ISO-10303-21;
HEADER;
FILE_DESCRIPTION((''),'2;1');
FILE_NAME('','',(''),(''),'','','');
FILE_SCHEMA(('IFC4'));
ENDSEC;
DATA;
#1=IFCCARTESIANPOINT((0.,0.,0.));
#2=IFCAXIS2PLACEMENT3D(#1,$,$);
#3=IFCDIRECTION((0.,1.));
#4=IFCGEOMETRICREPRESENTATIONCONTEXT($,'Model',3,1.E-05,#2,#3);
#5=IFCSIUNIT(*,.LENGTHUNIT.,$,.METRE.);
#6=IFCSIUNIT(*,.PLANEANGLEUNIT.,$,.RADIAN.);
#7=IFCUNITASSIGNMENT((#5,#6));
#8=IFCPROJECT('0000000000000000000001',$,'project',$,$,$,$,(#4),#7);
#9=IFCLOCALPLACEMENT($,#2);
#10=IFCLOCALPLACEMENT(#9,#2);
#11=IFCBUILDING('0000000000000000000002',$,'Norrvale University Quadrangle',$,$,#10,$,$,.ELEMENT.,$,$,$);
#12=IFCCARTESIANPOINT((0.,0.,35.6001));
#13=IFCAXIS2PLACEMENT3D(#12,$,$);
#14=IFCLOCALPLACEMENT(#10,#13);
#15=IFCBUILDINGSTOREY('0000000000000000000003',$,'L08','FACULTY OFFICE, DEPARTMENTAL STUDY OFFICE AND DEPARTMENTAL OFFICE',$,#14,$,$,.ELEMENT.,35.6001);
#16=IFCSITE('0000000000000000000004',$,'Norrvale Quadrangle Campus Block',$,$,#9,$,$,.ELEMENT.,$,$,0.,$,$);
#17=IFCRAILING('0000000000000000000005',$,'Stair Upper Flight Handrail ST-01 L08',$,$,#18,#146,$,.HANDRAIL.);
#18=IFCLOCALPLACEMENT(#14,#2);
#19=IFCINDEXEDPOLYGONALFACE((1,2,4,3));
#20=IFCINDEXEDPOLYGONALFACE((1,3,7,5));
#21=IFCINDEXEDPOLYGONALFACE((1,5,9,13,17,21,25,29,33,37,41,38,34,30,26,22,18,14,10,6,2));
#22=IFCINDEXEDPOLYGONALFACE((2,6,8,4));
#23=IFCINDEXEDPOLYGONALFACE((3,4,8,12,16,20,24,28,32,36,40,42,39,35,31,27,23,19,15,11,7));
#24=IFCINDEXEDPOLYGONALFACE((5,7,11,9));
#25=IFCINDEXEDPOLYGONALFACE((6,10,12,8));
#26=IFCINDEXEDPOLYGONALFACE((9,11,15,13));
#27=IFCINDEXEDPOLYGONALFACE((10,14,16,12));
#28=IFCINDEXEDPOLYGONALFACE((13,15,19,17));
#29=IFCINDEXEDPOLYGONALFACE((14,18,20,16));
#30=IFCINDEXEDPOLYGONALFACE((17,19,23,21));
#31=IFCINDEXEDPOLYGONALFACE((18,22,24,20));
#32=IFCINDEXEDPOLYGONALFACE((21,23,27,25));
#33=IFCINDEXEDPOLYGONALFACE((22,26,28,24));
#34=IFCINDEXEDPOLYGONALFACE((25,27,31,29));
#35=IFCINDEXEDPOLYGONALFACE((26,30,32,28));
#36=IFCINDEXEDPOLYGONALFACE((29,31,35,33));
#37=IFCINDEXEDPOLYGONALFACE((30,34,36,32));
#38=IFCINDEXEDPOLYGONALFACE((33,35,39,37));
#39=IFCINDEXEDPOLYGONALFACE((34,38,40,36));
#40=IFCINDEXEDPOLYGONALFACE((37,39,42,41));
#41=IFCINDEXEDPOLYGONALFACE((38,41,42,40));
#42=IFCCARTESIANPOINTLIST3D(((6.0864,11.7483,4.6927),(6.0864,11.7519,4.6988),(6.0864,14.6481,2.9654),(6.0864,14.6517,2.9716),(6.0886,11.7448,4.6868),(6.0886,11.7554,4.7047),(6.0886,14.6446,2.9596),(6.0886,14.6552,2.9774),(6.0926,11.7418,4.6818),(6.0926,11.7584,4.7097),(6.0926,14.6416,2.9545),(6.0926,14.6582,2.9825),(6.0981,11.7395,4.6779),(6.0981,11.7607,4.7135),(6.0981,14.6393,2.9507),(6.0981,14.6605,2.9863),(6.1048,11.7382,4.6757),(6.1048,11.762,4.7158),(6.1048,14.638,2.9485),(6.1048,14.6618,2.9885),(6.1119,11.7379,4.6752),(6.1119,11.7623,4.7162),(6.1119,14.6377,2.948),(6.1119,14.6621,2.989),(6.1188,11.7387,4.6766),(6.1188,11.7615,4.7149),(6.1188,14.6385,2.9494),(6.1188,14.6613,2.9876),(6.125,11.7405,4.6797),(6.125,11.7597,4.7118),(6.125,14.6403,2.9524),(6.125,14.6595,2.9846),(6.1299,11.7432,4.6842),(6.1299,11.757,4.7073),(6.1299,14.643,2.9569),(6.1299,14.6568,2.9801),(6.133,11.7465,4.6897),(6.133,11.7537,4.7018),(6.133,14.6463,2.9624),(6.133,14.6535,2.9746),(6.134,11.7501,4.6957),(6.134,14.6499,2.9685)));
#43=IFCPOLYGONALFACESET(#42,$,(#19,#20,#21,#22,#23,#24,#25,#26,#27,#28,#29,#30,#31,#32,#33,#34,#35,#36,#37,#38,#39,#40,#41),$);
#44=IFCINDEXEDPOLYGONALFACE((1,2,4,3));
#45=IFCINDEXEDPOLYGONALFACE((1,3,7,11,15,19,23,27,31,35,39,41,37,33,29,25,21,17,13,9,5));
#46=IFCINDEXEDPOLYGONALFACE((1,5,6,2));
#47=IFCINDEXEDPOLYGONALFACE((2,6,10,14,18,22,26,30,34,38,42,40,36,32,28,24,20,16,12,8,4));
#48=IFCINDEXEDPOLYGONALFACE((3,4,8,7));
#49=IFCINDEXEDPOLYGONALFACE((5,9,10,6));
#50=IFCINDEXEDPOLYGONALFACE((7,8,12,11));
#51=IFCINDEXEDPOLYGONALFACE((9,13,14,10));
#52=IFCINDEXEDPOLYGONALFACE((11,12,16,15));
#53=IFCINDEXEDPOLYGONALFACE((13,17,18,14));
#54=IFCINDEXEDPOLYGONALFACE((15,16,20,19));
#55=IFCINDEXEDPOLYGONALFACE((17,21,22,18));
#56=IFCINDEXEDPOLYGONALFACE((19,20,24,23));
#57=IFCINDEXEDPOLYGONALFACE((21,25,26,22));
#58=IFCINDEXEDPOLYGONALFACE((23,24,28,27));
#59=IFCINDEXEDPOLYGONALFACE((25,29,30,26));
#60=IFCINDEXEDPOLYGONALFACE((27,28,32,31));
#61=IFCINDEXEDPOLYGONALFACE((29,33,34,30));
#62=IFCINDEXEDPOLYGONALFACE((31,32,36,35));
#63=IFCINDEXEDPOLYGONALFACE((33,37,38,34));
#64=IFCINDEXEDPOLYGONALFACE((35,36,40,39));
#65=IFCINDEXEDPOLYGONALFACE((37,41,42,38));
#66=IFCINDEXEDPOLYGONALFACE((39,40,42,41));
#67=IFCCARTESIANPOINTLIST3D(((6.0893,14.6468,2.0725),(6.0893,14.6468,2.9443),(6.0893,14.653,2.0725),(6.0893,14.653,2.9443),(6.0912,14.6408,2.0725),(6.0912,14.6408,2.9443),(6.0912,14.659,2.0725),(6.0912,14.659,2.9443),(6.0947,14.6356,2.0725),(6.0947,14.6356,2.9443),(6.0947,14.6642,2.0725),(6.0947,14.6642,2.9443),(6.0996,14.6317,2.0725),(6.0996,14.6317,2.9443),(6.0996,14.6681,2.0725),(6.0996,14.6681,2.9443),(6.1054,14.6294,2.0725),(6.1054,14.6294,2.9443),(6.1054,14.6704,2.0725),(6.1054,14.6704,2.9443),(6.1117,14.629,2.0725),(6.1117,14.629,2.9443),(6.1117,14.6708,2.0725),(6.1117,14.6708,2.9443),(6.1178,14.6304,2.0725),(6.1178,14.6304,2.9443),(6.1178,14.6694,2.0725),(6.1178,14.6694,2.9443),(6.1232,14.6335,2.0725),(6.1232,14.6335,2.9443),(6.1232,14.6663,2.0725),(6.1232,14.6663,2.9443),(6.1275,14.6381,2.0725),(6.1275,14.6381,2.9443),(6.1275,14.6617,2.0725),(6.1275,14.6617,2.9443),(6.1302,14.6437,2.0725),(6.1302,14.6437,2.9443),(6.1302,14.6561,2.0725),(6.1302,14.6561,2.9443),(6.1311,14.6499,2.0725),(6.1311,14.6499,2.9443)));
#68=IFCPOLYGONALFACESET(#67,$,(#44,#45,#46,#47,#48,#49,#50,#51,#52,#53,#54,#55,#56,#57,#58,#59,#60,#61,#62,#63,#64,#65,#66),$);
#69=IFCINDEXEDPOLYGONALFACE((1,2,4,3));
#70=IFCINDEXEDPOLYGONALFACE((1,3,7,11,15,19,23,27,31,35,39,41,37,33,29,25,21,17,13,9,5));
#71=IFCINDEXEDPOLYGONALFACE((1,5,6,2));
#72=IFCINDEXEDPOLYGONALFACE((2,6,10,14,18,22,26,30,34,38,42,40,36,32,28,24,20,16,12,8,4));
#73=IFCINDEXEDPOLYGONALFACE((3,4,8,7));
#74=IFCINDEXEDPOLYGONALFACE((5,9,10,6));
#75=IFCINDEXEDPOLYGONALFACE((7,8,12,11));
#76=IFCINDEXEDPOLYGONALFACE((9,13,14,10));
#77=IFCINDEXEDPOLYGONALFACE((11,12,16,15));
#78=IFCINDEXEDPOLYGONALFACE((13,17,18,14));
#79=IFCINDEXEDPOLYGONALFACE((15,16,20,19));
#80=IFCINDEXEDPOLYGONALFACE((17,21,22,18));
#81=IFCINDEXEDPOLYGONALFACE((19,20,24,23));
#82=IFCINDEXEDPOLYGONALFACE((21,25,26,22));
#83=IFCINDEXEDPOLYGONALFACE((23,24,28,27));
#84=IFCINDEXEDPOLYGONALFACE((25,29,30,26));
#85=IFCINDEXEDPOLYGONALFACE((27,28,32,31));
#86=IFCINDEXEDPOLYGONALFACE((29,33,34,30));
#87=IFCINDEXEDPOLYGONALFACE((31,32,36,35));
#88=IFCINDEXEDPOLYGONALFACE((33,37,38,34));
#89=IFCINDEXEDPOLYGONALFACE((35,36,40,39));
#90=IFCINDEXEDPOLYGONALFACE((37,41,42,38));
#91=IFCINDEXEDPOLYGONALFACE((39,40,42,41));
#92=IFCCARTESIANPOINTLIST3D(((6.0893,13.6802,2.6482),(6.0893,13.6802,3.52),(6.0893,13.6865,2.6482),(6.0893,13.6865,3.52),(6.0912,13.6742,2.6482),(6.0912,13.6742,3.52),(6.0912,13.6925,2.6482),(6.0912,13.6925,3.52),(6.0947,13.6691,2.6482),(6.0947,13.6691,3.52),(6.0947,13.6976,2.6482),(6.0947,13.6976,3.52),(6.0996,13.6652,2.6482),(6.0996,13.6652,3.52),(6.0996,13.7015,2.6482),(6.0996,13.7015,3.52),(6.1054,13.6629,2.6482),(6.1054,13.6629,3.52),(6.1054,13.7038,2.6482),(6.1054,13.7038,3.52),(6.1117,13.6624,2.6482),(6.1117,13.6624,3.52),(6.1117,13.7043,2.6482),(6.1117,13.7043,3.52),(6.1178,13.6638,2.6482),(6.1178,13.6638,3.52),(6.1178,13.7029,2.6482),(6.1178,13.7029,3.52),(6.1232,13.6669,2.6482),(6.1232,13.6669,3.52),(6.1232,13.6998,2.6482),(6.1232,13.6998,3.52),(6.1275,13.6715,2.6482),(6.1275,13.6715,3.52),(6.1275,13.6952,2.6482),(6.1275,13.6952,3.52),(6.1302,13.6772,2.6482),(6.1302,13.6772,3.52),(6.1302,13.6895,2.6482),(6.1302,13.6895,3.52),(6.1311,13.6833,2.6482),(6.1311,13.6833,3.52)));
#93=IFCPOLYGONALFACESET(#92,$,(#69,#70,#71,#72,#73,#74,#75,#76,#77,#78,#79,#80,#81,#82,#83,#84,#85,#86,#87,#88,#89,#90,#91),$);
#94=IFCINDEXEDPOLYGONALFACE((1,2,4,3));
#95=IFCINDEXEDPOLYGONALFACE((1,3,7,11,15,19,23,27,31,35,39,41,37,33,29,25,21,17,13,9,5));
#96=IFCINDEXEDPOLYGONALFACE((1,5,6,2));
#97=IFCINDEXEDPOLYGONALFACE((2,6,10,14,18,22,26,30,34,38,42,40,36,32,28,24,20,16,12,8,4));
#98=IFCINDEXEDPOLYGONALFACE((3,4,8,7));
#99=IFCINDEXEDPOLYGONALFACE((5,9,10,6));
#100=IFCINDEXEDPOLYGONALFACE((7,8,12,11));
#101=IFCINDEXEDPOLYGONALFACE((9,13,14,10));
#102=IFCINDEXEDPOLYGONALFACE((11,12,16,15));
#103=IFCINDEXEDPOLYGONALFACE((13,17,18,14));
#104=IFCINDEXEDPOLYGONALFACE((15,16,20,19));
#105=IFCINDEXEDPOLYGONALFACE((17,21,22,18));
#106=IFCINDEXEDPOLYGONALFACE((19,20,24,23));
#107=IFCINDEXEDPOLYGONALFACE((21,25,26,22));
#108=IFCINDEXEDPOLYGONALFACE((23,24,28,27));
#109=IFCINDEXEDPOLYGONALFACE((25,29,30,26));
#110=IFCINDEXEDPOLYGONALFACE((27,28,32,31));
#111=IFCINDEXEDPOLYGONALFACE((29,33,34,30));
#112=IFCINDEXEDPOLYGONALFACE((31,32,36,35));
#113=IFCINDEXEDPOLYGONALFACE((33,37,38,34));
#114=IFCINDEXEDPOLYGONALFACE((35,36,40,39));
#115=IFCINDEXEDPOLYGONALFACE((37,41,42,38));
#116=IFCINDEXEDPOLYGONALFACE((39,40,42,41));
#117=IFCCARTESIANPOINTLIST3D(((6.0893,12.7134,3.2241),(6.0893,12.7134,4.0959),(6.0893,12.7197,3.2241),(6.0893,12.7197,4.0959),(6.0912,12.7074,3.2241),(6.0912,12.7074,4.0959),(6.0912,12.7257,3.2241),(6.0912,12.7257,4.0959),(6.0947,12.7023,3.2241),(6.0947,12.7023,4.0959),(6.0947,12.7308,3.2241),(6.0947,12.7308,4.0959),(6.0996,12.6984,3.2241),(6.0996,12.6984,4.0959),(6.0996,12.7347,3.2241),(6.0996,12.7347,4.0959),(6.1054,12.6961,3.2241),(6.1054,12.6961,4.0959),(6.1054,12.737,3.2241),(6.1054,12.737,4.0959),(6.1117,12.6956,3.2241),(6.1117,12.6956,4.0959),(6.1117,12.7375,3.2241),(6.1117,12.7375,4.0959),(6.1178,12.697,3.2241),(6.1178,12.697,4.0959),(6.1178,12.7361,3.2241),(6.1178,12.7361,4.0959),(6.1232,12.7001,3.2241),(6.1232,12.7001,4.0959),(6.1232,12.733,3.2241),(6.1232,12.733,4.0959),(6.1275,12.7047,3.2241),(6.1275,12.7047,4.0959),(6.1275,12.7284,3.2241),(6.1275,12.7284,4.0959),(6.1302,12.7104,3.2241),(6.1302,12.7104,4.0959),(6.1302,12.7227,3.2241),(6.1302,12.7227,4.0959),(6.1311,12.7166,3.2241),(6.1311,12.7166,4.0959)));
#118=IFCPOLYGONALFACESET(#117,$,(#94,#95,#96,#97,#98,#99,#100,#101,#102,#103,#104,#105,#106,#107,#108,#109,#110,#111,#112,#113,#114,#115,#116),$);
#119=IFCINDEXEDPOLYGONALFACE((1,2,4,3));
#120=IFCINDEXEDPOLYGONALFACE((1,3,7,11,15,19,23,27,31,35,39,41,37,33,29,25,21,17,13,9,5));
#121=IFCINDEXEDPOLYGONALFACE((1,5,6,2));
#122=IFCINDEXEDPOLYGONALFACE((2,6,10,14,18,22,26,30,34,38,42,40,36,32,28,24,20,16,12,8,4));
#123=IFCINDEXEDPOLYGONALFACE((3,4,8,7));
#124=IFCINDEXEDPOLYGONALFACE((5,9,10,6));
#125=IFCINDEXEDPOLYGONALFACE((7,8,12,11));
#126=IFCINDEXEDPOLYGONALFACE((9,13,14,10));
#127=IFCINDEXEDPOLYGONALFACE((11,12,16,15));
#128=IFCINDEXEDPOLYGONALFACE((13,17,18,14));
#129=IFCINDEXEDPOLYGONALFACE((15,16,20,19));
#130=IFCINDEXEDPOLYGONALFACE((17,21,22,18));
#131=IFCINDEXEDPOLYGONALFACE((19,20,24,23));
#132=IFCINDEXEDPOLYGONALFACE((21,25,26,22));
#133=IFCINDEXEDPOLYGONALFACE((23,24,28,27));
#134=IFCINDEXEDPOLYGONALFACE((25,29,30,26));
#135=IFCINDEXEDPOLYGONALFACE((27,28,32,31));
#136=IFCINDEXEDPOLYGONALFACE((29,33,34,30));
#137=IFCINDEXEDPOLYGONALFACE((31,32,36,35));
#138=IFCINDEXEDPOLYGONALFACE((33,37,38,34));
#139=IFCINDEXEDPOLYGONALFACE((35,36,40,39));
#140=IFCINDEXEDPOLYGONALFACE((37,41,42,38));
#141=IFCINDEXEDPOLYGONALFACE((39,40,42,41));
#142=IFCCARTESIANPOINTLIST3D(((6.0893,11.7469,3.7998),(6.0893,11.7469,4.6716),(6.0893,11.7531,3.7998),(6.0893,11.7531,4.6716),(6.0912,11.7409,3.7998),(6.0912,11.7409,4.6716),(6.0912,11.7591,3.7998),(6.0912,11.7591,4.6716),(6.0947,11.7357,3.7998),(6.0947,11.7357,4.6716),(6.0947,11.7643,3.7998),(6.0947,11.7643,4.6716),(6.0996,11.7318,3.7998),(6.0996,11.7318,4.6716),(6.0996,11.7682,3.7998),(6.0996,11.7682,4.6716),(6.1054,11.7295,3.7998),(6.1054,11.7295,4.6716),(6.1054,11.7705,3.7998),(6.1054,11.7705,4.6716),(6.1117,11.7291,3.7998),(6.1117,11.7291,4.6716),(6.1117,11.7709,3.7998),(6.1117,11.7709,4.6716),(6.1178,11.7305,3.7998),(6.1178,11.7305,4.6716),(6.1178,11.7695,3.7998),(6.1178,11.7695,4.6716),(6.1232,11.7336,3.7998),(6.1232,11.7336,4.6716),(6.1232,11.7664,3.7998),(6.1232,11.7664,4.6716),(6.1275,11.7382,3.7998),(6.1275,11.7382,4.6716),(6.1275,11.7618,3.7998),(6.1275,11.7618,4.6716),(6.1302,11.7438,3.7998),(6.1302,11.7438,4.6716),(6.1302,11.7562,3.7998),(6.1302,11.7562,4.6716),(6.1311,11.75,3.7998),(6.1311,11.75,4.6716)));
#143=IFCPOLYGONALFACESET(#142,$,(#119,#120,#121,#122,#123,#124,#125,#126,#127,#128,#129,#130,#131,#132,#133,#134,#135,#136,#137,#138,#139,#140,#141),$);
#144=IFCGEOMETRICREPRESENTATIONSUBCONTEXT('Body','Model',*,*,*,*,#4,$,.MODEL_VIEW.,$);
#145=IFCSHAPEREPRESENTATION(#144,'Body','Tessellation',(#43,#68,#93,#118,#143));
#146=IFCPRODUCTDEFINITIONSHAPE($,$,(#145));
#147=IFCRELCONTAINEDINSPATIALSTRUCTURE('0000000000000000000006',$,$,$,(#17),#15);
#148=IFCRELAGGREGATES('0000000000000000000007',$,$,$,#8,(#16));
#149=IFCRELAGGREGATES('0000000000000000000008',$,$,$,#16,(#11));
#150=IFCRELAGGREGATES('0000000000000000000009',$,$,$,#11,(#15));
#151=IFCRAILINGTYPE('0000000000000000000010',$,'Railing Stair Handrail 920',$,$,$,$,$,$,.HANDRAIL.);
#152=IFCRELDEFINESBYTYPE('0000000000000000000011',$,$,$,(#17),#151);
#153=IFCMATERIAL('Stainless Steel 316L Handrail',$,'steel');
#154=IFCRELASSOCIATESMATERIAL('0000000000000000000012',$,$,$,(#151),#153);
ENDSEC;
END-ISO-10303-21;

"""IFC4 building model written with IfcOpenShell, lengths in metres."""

from ifc_helpers import new_model, si_unit, direction, frame, origin, origin_2d, place, context, subcontext, project, spatial, circle, extrude, material, type_object, element, save


model = new_model("IFC4")

# Units and contexts
model_context = context("Model", 3, precision=1e-05, world=origin(), true_north=direction((0.0, 1.0)))
body_context = subcontext(model_context, "Body", "Model", "MODEL_VIEW")
ifc_project = project(units=[si_unit("LENGTHUNIT", "METRE"), si_unit("PLANEANGLEUNIT", "RADIAN")], contexts=[model_context])

# Site, building, storey
site_placement = place(None, origin())
site = spatial("IfcSite", under=ifc_project, at=site_placement, Name="Norrvale Quadrangle Campus Block", CompositionType="ELEMENT", RefElevation=0.0)
building_placement = place(site_placement, origin())
building = spatial("IfcBuilding", under=site, at=building_placement, Name="Norrvale University Quadrangle", CompositionType="ELEMENT")
storey_placement = place(building_placement, frame((0.0, 0.0, 35.6001)))
storey = spatial("IfcBuildingStorey", under=building, at=storey_placement, Name="L08", Description="FACULTY OFFICE, DEPARTMENTAL STUDY OFFICE AND DEPARTMENTAL OFFICE", CompositionType="ELEMENT", Elevation=35.6001)

# Railing
ifc_material_1 = material(Name="Stainless Steel 316L Handrail", Category="steel")
railing_type_1 = type_object("IfcRailingType", Name="Railing Stair Handrail 920", PredefinedType="HANDRAIL", material=ifc_material_1)
railing_1_placement = place(storey_placement, frame((6.1101, 14.6499, 2.0725)))
element("IfcRailing", 1, at=railing_1_placement, inside=storey, type_object=railing_type_1, Name="Stair Upper Flight Handrail ST-01 L08", PredefinedType="HANDRAIL", context=body_context, shape_type="SweptSolid", body=[
    extrude(circle(Radius=0.0239, at=origin_2d()), frame((0.0, 0.0, 0.896), z_axis=(0.0, -0.859141, 0.511738), x_axis=(1.0, 0.0, 0.0)), (0.0, 0.0, 1.0), 3.3752),
    extrude(circle(Radius=0.021, at=origin_2d()), origin(), (0.0, 0.0, 1.0), 0.8718),
    extrude(circle(Radius=0.021, at=origin_2d()), frame((0.0, -0.9666, 0.5757)), (0.0, 0.0, 1.0), 0.8718),
    extrude(circle(Radius=0.021, at=origin_2d()), frame((0.0, -1.9333, 1.1516)), (0.0, 0.0, 1.0), 0.8718),
    extrude(circle(Radius=0.021, at=origin_2d()), frame((0.0, -2.8999, 1.7273)), (0.0, 0.0, 1.0), 0.8718),
])

save(model, "model.ifc")
